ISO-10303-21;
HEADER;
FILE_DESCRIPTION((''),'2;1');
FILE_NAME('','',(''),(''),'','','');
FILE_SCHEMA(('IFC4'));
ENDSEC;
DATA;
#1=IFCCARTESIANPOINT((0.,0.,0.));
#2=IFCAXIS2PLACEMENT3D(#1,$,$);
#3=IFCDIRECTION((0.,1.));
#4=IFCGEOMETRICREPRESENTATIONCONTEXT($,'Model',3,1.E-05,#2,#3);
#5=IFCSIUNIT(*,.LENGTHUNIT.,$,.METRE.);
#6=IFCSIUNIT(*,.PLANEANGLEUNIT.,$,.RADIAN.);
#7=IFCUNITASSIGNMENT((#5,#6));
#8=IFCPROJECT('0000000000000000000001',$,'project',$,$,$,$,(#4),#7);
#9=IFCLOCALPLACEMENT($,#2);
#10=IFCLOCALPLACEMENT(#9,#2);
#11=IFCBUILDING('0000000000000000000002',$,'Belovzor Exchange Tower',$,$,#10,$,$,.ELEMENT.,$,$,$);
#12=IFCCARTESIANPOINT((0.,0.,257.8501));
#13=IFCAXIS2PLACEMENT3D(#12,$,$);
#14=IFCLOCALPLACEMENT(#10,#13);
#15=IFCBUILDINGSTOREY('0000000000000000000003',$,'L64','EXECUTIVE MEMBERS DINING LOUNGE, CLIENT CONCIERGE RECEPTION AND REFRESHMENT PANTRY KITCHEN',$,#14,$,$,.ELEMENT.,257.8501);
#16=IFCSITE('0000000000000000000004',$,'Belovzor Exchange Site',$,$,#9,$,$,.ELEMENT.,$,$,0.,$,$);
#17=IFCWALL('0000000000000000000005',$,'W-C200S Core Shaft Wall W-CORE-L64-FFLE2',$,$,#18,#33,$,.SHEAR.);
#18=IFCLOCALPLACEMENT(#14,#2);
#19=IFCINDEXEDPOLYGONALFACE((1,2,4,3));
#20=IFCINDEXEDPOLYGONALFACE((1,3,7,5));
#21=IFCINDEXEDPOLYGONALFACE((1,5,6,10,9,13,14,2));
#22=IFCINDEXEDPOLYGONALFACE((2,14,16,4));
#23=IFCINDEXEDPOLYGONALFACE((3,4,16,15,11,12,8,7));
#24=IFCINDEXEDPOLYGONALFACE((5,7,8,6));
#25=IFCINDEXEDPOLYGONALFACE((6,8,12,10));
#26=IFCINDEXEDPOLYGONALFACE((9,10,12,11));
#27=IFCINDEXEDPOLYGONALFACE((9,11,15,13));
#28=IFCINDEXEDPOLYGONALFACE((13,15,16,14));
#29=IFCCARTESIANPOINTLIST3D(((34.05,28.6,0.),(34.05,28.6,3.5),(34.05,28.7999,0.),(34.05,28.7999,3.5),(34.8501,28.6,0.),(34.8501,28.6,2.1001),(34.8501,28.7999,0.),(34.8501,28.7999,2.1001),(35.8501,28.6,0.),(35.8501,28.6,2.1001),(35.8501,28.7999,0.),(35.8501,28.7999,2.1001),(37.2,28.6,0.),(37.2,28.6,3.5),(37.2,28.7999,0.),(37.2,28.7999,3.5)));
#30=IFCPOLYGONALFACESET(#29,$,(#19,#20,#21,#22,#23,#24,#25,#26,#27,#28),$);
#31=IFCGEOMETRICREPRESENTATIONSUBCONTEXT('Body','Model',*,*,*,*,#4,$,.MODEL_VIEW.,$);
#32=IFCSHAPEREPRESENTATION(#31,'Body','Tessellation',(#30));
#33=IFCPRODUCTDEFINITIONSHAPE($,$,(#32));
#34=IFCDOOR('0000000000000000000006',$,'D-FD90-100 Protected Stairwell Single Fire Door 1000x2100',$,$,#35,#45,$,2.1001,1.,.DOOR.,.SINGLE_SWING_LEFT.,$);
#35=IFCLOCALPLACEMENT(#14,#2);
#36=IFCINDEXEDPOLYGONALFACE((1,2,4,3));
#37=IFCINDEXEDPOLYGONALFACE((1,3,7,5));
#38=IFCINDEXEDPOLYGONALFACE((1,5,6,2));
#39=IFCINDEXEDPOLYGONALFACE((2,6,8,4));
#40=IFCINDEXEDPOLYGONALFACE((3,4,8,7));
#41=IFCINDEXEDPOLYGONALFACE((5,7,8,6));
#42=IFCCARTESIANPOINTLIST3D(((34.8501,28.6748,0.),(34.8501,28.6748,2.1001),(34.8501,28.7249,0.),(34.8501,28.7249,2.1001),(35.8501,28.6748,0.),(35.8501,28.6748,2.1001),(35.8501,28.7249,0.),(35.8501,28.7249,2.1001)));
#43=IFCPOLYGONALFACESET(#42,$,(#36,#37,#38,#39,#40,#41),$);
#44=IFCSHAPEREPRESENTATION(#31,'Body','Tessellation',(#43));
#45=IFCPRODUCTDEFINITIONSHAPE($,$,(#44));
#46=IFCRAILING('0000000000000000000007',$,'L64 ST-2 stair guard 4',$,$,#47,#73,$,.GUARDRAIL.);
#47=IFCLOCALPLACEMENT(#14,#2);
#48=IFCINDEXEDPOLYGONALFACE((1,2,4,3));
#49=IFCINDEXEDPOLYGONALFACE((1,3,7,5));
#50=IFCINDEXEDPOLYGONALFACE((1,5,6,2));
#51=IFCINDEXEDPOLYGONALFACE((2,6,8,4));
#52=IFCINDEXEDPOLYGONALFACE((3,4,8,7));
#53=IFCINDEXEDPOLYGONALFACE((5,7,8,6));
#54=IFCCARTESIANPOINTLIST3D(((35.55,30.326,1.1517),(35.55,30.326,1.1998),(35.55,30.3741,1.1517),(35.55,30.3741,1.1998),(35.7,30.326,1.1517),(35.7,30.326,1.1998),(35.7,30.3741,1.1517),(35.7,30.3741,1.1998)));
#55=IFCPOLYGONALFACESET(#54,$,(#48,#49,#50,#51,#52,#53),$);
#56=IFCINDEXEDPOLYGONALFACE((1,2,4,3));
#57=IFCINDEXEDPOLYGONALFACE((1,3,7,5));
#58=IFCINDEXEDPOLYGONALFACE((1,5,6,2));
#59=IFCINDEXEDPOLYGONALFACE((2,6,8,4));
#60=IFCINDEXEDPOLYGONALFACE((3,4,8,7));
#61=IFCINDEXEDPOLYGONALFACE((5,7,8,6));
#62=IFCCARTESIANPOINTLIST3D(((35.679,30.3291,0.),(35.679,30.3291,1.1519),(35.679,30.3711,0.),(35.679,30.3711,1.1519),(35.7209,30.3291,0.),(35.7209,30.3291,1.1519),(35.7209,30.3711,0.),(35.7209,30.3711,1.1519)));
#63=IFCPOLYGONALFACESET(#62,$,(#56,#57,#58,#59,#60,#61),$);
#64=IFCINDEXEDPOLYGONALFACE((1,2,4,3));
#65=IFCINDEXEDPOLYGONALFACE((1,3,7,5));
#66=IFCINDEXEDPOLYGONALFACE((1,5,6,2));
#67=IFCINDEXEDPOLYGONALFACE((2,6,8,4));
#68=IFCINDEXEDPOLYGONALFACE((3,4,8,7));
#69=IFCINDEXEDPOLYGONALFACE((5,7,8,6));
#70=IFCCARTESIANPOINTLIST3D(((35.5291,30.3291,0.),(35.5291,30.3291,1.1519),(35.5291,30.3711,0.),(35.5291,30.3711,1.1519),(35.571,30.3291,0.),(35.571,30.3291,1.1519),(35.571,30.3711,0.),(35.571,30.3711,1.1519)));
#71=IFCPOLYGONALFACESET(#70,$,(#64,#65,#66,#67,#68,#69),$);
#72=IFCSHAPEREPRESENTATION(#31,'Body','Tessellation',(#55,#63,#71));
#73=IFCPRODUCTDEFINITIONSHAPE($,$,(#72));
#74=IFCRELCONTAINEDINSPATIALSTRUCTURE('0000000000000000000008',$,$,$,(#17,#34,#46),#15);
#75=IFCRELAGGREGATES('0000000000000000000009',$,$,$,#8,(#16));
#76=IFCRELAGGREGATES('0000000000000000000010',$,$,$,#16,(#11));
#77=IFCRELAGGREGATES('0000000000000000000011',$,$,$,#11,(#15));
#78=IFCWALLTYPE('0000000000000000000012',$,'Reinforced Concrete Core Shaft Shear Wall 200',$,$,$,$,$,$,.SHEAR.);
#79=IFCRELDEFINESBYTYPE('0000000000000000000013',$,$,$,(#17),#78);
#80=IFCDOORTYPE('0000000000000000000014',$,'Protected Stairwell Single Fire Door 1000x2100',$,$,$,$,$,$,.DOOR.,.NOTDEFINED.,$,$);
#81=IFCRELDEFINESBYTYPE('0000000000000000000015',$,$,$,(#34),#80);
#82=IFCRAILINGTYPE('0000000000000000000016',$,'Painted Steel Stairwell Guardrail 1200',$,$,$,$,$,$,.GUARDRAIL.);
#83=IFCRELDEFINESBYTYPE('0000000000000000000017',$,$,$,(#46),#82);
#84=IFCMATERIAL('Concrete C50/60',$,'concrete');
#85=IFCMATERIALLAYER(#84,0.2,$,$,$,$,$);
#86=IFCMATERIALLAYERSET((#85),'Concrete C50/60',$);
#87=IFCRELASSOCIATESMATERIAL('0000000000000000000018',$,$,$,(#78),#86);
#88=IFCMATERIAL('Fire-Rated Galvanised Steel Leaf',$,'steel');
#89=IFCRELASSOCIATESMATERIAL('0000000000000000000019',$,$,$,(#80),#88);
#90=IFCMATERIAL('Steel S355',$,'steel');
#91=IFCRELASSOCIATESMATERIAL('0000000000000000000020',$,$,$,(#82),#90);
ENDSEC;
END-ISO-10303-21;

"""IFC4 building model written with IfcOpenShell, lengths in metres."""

from ifc_helpers import new_model, si_unit, direction, frame, frame_2d, origin, origin_2d, place, context, subcontext, project, spatial, rectangle, extrude, material, layer, layer_set, type_object, element, fill, save


model = new_model("IFC4")

# Units and contexts
model_context = context("Model", 3, precision=1e-05, world=origin(), true_north=direction((0.0, 1.0)))
body_context = subcontext(model_context, "Body", "Model", "MODEL_VIEW")
ifc_project = project(units=[si_unit("LENGTHUNIT", "METRE"), si_unit("PLANEANGLEUNIT", "RADIAN")], contexts=[model_context])

# Site, building, storey
site_placement = place(None, origin())
site = spatial("IfcSite", under=ifc_project, at=site_placement, Name="Belovzor Exchange Site", CompositionType="ELEMENT", RefElevation=0.0)
building_placement = place(site_placement, origin())
building = spatial("IfcBuilding", under=site, at=building_placement, Name="Belovzor Exchange Tower", CompositionType="ELEMENT")
storey_placement = place(building_placement, frame((0.0, 0.0, 257.8501)))
storey = spatial("IfcBuildingStorey", under=building, at=storey_placement, Name="L64", Description="EXECUTIVE MEMBERS DINING LOUNGE, CLIENT CONCIERGE RECEPTION AND REFRESHMENT PANTRY KITCHEN", CompositionType="ELEMENT", Elevation=257.8501)

# Wall, opening, door
ifc_material_1 = material(Name="Concrete C50/60", Category="concrete")
ifc_layer_1 = layer(ifc_material_1, 0.2)
ifc_layer_set_1 = layer_set([ifc_layer_1], Name="Concrete C50/60")
wall_type_1 = type_object("IfcWallType", Name="Reinforced Concrete Core Shaft Shear Wall 200", PredefinedType="SHEAR", material=ifc_layer_set_1)
wall_1_placement = place(storey_placement, frame((34.05, 28.7, 0.0), z_axis=(0.0, 0.0, 1.0), x_axis=(1.0, 0.0, 0.0)))
wall_1 = element("IfcWall", 1, at=wall_1_placement, inside=storey, type_object=wall_type_1, Name="W-C200S Core Shaft Wall W-CORE-L64-FFLE2", PredefinedType="SHEAR", context=body_context, shape_type="SweptSolid", body=[
    extrude(rectangle(XDim=3.1499, YDim=0.2, at=frame_2d((1.575, 0.0))), origin(), (0.0, 0.0, 1.0), 3.5),
])
opening_1_placement = place(wall_1_placement, frame((0.8, 0.0, 0.0)))
opening_1 = element("IfcOpeningElement", 2, at=opening_1_placement, cuts=wall_1, PredefinedType="OPENING", context=body_context, shape_type="SweptSolid", body=[
    extrude(rectangle(XDim=1.0, YDim=2.1001, at=frame_2d((0.5, 1.05))), frame((0.0, 0.1099, 0.0), z_axis=(0.0, -1.0, 0.0), x_axis=(1.0, 0.0, 0.0)), (0.0, 0.0, 1.0), 0.22),
])
ifc_material_2 = material(Name="Fire-Rated Galvanised Steel Leaf", Category="steel")
door_type_1 = type_object("IfcDoorType", Name="Protected Stairwell Single Fire Door 1000x2100", OperationType="NOTDEFINED", PredefinedType="DOOR", material=ifc_material_2)
door_1_placement = place(opening_1_placement, origin())
door_1 = element("IfcDoor", 3, at=door_1_placement, inside=storey, type_object=door_type_1, Name="D-FD90-100 Protected Stairwell Single Fire Door 1000x2100", OperationType="SINGLE_SWING_LEFT", OverallHeight=2.1001, OverallWidth=1.0, PredefinedType="DOOR", context=body_context, shape_type="SweptSolid", body=[
    extrude(rectangle(XDim=1.0, YDim=2.1001, at=frame_2d((0.5, 1.05))), frame((0.0, 0.0249, 0.0), z_axis=(0.0, -1.0, 0.0), x_axis=(1.0, 0.0, 0.0)), (0.0, 0.0, 1.0), 0.05),
])
fill(opening_1, door_1)

# Railing
ifc_material_3 = material(Name="Steel S355", Category="steel")
railing_type = type_object("IfcRailingType", Name="Painted Steel Stairwell Guardrail 1200", PredefinedType="GUARDRAIL", material=ifc_material_3)
railing_placement = place(storey_placement, frame((35.7, 30.3501, 0.0)))
element("IfcRailing", 4, at=railing_placement, inside=storey, type_object=railing_type, Name="L64 ST-2 stair guard 4", PredefinedType="GUARDRAIL", context=body_context, shape_type="SweptSolid", body=[
    extrude(rectangle(XDim=0.0481, YDim=0.0481, at=origin_2d()), frame((0.0, 0.0, 1.1758), z_axis=(-1.0, 0.0, 0.0), x_axis=(0.0, -1.0, 0.0)), (0.0, 0.0, 1.0), 0.1499),
    extrude(rectangle(XDim=0.042, YDim=0.042, at=origin_2d()), origin(), (0.0, 0.0, 1.0), 1.1519),
    extrude(rectangle(XDim=0.042, YDim=0.042, at=origin_2d()), frame((-0.1499, 0.0, 0.0)), (0.0, 0.0, 1.0), 1.1519),
])

save(model, "model.ifc")
